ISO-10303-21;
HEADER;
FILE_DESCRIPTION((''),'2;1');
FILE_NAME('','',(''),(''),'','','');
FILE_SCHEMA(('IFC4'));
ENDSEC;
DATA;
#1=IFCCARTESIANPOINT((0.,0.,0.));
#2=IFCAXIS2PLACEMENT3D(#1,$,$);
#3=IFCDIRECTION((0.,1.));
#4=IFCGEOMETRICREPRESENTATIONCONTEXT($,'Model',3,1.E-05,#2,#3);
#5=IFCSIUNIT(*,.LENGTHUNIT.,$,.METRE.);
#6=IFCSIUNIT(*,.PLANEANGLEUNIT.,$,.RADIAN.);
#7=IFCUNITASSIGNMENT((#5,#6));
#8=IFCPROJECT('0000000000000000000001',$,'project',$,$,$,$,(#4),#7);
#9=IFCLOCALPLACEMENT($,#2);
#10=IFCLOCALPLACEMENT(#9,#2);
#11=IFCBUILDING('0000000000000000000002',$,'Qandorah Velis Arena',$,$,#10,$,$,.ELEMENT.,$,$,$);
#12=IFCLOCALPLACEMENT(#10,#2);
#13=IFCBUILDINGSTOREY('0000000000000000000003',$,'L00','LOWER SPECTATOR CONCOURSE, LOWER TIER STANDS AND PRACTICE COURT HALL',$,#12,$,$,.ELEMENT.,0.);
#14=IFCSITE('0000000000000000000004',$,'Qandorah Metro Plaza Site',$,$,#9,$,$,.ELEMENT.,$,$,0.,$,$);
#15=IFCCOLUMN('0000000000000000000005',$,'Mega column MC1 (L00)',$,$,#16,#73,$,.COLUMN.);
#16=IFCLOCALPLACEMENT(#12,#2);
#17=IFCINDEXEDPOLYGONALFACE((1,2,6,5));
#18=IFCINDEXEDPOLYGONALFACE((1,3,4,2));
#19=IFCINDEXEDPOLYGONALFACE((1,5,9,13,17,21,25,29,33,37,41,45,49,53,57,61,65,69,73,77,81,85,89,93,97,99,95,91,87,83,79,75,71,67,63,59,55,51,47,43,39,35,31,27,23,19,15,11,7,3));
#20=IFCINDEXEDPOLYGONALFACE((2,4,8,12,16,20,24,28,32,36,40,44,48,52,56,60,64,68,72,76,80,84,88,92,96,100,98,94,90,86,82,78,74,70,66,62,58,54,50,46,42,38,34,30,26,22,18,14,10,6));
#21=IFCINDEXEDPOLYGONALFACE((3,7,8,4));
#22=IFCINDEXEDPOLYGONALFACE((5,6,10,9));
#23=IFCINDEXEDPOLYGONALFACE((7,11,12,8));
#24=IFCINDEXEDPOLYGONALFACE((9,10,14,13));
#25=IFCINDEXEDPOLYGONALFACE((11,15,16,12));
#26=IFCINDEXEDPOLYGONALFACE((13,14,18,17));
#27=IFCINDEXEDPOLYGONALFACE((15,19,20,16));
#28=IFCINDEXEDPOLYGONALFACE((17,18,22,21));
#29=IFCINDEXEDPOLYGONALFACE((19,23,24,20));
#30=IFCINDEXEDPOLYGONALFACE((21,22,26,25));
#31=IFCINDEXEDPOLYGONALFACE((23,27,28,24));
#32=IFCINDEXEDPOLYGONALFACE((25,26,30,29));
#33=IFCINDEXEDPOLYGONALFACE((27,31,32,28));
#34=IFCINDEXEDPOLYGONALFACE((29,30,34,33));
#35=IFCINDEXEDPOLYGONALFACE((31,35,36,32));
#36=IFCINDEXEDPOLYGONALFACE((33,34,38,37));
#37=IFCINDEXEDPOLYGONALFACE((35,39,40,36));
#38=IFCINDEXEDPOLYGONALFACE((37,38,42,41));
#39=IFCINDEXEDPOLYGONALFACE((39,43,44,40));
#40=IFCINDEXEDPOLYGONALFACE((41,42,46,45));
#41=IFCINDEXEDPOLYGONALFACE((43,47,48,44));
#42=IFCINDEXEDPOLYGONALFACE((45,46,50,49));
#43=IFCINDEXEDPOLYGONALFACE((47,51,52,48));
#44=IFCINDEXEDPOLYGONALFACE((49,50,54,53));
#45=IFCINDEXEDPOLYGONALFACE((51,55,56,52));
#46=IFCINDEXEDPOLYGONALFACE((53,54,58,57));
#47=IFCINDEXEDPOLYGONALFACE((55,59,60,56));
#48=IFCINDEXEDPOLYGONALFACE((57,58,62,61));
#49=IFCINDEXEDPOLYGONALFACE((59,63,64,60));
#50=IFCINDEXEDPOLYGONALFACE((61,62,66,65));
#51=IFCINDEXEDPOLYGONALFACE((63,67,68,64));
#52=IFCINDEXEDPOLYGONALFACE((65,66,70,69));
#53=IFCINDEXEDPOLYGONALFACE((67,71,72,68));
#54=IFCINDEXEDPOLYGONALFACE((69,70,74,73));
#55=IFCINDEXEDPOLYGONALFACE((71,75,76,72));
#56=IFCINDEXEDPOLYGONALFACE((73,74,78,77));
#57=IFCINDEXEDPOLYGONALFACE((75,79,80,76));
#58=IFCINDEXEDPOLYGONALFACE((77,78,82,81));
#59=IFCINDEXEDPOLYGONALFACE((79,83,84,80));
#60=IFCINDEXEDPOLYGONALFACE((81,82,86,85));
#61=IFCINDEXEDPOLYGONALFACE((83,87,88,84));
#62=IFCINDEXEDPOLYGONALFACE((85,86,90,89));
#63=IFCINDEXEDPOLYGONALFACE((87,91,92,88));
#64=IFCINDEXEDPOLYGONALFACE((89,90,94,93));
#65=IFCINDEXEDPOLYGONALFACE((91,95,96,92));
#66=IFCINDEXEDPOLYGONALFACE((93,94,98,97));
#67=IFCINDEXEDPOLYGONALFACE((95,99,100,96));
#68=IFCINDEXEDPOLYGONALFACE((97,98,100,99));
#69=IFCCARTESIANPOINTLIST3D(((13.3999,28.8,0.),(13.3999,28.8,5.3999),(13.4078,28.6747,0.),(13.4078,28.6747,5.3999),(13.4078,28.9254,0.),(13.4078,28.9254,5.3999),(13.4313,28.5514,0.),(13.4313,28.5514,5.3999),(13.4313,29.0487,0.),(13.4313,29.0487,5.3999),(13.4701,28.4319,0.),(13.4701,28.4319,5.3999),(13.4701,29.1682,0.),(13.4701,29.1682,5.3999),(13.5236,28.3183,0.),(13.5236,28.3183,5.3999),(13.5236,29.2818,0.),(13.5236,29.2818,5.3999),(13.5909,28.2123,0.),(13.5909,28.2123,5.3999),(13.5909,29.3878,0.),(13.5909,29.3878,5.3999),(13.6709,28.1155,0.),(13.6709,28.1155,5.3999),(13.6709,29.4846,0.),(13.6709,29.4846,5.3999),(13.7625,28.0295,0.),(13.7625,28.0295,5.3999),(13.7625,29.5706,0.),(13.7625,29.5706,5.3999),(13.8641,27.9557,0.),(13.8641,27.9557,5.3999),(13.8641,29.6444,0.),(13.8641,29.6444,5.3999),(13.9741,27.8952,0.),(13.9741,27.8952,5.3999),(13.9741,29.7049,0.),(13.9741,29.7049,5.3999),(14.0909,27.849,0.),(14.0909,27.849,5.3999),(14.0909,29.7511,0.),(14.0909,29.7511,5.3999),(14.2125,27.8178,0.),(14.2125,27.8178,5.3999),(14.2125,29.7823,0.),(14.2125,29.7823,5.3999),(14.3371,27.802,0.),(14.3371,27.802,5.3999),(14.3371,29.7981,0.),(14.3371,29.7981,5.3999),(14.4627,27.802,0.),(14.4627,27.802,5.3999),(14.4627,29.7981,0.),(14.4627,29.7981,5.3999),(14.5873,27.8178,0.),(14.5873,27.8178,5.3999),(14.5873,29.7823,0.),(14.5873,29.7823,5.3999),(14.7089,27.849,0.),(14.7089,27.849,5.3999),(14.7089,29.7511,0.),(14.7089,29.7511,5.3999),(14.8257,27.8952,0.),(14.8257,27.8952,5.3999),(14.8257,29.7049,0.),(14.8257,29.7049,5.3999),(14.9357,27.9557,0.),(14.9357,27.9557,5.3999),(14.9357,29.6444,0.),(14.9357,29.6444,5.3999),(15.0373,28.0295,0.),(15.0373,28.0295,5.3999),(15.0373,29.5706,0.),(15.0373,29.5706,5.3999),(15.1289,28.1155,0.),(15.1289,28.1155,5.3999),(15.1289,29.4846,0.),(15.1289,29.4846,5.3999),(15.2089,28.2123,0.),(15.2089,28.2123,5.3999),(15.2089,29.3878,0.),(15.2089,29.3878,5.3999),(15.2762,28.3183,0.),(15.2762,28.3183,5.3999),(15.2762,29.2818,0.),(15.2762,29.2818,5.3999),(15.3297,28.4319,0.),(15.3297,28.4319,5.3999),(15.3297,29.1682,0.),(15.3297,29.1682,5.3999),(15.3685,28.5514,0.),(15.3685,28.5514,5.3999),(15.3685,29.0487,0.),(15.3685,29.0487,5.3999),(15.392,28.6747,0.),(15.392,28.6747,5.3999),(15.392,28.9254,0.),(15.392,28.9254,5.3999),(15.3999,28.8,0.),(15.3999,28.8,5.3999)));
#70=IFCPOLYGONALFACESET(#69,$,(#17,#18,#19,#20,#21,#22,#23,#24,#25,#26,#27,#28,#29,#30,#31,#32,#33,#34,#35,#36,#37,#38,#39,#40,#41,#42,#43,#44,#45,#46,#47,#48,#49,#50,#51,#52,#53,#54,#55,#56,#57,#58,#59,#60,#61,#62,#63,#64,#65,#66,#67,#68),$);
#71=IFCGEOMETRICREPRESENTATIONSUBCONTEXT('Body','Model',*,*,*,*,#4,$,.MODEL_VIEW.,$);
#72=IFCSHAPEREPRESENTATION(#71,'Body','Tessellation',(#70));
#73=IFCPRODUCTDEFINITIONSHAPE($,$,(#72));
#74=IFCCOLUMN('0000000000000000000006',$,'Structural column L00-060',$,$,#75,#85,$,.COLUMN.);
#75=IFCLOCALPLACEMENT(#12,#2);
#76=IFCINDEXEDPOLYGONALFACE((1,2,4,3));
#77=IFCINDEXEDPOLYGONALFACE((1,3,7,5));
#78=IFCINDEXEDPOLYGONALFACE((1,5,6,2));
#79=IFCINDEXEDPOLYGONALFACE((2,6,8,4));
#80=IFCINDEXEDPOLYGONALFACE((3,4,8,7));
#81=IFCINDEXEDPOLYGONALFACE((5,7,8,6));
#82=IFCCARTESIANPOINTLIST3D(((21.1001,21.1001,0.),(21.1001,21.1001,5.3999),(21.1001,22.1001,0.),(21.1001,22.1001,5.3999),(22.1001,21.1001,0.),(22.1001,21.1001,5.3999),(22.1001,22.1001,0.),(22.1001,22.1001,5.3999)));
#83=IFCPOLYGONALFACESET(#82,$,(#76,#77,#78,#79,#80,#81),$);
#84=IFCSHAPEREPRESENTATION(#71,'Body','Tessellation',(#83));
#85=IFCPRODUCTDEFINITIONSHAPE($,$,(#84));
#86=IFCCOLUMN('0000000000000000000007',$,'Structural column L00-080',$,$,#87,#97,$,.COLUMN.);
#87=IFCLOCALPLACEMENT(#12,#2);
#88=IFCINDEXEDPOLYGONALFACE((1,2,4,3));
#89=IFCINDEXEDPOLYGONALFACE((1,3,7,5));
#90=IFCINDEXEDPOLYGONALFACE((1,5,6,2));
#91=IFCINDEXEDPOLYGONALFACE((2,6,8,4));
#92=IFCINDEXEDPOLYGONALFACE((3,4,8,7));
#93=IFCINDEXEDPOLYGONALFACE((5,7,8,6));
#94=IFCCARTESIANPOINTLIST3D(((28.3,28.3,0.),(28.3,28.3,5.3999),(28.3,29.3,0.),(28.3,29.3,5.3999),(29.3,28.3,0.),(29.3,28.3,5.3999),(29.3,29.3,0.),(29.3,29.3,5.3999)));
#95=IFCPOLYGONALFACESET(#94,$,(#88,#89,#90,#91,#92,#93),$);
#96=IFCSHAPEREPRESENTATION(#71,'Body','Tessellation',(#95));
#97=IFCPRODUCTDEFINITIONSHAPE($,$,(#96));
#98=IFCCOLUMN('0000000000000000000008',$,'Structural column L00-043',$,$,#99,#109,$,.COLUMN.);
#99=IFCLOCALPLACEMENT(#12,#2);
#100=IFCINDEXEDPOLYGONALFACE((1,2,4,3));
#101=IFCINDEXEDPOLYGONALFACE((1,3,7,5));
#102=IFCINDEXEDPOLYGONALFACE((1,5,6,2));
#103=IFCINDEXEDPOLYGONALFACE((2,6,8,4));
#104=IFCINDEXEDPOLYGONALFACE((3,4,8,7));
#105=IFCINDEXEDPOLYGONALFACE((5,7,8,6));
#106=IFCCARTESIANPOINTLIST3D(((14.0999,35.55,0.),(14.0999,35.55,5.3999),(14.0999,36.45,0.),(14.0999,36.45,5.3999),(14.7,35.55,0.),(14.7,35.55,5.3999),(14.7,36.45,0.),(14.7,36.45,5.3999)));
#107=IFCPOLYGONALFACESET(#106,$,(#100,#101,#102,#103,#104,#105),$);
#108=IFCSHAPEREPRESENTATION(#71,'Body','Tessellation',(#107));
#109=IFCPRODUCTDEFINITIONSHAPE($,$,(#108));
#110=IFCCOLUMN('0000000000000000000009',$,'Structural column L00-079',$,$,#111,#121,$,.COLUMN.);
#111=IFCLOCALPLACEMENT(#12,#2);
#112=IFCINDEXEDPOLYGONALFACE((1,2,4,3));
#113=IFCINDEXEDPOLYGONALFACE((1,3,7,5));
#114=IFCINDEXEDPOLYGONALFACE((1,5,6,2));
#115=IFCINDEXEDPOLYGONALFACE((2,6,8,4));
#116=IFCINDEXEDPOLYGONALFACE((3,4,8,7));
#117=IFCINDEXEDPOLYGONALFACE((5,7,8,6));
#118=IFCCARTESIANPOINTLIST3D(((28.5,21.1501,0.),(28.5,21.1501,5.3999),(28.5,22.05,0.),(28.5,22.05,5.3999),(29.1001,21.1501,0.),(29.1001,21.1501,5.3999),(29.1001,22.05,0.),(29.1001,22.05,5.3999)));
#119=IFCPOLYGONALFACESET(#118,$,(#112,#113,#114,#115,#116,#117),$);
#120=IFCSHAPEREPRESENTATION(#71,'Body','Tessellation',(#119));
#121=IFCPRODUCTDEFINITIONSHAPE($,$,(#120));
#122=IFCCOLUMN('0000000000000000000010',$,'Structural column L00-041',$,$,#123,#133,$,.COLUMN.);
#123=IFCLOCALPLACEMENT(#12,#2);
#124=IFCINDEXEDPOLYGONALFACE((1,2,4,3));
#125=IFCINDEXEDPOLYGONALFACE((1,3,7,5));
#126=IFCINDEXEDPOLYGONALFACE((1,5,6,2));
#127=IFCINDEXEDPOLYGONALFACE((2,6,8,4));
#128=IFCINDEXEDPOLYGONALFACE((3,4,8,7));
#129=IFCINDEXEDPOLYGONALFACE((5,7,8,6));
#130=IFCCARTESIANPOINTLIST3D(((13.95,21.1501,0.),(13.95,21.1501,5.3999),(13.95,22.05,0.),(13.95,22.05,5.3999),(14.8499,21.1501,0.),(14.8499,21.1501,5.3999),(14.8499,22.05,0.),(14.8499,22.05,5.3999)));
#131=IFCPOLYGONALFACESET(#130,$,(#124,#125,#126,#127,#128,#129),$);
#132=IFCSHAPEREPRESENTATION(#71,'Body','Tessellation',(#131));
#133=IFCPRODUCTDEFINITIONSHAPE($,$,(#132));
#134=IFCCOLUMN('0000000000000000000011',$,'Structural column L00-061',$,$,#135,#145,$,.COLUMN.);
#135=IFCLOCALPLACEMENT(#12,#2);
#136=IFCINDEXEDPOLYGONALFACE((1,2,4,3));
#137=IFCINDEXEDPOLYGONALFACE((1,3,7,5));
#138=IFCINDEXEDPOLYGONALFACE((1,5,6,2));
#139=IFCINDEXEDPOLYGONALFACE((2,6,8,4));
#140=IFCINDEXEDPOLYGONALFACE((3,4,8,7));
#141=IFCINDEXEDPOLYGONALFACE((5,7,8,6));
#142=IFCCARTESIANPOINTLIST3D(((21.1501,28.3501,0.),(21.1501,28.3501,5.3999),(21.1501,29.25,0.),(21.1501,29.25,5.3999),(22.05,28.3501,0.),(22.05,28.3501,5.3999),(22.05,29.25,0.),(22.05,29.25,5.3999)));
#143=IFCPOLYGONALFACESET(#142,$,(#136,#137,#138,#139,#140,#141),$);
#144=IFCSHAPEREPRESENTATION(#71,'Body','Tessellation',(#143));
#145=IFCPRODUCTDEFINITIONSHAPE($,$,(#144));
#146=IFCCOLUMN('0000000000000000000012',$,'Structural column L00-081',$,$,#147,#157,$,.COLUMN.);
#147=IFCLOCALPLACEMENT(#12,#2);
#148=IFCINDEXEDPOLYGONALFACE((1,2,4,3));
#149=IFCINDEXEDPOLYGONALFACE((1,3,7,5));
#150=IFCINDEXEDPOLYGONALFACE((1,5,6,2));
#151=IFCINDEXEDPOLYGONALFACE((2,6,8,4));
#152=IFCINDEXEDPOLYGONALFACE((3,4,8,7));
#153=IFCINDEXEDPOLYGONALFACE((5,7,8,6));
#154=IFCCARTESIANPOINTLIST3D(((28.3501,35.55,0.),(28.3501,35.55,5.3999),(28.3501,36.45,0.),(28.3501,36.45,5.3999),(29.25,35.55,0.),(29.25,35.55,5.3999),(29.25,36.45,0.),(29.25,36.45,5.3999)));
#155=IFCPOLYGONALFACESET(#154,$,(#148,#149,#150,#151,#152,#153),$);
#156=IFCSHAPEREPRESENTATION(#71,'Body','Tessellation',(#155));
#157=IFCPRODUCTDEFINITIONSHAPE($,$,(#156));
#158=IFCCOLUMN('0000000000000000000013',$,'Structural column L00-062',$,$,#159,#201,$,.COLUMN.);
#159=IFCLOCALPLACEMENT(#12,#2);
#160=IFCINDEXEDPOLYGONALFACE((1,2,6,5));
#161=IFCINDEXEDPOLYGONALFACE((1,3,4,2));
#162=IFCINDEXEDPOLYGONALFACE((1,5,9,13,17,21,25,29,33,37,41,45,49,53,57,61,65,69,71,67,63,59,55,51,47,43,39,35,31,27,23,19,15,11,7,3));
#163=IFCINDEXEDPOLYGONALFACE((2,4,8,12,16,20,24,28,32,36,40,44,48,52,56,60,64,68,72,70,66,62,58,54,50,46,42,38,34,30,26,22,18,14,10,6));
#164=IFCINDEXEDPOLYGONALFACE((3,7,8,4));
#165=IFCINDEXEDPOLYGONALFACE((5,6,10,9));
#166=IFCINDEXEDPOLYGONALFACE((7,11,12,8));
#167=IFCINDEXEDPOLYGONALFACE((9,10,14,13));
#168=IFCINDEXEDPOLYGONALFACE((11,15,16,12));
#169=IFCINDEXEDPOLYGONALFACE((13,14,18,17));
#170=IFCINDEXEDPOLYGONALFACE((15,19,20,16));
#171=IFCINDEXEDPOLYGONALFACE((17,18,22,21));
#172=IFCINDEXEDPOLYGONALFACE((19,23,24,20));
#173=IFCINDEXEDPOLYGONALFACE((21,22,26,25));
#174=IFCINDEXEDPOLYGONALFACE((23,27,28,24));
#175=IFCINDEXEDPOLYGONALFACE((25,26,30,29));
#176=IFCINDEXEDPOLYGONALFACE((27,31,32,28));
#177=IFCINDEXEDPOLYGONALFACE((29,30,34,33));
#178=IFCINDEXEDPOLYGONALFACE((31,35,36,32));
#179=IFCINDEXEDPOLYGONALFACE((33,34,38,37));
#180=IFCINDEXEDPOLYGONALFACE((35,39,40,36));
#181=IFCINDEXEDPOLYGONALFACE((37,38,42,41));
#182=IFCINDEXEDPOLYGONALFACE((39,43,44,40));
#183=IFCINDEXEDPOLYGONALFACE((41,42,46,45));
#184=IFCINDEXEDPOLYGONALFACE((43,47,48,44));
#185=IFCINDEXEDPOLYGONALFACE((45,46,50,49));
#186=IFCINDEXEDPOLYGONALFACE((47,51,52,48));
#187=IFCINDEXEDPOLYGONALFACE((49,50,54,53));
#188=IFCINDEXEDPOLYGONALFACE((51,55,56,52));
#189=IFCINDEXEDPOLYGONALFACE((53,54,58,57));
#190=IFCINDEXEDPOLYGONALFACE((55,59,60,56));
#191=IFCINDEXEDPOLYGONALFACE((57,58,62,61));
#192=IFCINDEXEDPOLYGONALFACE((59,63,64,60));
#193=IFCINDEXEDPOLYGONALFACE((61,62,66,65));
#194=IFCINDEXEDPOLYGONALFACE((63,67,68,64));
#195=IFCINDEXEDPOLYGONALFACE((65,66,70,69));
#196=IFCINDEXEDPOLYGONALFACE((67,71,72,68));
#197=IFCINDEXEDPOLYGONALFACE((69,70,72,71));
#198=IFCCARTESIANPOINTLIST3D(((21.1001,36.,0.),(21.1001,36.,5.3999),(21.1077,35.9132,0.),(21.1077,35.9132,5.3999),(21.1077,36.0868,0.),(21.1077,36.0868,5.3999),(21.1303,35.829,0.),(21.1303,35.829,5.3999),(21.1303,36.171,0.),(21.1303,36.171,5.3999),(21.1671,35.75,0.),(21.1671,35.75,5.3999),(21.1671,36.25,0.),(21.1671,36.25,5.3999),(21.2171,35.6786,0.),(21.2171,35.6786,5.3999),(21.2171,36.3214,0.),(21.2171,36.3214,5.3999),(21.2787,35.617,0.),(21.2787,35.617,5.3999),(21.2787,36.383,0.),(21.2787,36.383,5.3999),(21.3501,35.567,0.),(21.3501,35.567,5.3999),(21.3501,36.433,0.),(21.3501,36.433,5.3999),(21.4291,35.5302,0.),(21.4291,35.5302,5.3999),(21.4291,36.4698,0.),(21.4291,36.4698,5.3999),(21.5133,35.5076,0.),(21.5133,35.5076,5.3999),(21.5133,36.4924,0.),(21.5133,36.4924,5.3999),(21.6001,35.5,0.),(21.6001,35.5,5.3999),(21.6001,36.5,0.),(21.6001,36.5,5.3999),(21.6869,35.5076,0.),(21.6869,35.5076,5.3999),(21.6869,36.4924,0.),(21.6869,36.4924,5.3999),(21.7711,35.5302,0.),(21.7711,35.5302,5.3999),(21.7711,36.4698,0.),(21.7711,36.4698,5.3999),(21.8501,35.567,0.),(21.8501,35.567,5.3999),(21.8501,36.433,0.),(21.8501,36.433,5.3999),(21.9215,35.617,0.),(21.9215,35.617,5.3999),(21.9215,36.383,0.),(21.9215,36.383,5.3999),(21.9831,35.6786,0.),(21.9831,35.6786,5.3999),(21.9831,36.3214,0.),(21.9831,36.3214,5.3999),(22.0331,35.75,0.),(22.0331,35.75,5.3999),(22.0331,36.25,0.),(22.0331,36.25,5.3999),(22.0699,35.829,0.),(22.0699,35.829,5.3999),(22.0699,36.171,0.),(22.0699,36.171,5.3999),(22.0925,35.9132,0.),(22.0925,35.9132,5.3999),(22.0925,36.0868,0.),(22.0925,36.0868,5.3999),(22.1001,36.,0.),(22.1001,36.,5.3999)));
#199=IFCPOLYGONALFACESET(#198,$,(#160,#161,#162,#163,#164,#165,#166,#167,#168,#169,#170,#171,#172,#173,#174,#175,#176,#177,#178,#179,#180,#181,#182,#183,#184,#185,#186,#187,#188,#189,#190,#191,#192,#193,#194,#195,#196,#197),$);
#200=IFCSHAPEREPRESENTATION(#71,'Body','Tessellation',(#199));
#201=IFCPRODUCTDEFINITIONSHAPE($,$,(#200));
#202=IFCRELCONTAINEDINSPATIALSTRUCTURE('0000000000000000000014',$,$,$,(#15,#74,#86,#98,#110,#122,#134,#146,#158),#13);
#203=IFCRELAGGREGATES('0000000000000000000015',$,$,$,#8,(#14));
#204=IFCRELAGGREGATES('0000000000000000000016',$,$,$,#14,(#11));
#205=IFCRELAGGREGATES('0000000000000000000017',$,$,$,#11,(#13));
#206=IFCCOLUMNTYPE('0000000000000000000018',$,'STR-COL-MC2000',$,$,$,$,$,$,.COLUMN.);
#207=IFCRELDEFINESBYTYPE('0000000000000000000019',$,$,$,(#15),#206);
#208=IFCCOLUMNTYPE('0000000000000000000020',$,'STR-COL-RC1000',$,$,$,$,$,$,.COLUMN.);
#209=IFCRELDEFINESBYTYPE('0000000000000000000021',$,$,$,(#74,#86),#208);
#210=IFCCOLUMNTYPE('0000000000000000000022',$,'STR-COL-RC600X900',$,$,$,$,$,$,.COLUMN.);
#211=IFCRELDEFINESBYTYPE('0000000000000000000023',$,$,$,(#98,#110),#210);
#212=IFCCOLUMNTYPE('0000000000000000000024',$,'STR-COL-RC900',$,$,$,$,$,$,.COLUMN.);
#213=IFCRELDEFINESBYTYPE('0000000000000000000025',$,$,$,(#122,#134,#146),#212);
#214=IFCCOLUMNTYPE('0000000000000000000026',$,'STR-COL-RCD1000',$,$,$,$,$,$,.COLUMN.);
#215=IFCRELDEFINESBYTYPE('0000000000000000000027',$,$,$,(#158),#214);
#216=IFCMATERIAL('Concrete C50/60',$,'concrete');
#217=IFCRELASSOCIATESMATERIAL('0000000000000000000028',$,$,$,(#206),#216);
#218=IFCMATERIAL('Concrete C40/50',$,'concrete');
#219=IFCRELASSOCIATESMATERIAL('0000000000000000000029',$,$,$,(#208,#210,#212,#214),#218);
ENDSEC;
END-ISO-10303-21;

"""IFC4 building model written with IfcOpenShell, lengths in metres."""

from ifc_helpers import new_model, si_unit, direction, frame, origin, origin_2d, place, context, subcontext, project, spatial, rectangle, circle, extrude, material, material_profile, profile_set, type_object, element, save


model = new_model("IFC4")

# Units and contexts
model_context = context("Model", 3, precision=1e-05, world=origin(), true_north=direction((0.0, 1.0)))
body_context = subcontext(model_context, "Body", "Model", "MODEL_VIEW")
ifc_project = project(units=[si_unit("LENGTHUNIT", "METRE"), si_unit("PLANEANGLEUNIT", "RADIAN")], contexts=[model_context])

# Site, building, storey
site_placement = place(None, origin())
site = spatial("IfcSite", under=ifc_project, at=site_placement, Name="Qandorah Metro Plaza Site", CompositionType="ELEMENT", RefElevation=0.0)
building_placement = place(site_placement, origin())
building = spatial("IfcBuilding", under=site, at=building_placement, Name="Qandorah Velis Arena", CompositionType="ELEMENT")
storey_placement = place(building_placement, origin())
storey = spatial("IfcBuildingStorey", under=building, at=storey_placement, Name="L00", Description="LOWER SPECTATOR CONCOURSE, LOWER TIER STANDS AND PRACTICE COURT HALL", CompositionType="ELEMENT", Elevation=0.0)

# Columns
ifc_material_1 = material(Name="Concrete C50/60", Category="concrete")
ifc_material_profile_1 = material_profile(ifc_material_1, circle(Radius=1.0, at=origin_2d()), Name="MC D2000")
ifc_profile_set_1 = profile_set([ifc_material_profile_1], Name="Concrete C50/60")
column_type_1 = type_object("IfcColumnType", Name="STR-COL-MC2000", PredefinedType="COLUMN", material=ifc_profile_set_1)
column_1_placement = place(storey_placement, frame((14.3999, 28.8, 0.0), z_axis=(0.0, 0.0, 1.0), x_axis=(1.0, 0.0, 0.0)))
element("IfcColumn", 1, at=column_1_placement, inside=storey, type_object=column_type_1, Name="Mega column MC1 (L00)", PredefinedType="COLUMN", context=body_context, shape_type="SweptSolid", body=[
    extrude(circle(Radius=1.0, at=origin_2d()), origin(), (0.0, 0.0, 1.0), 5.3999),
])
ifc_material_2 = material(Name="Concrete C40/50", Category="concrete")
ifc_material_profile_2 = material_profile(ifc_material_2, rectangle(XDim=1.0, YDim=1.0, at=origin_2d()), Name="RC COL 1000x1000")
ifc_profile_set_2 = profile_set([ifc_material_profile_2], Name="Concrete C40/50")
column_type_2 = type_object("IfcColumnType", Name="STR-COL-RC1000", PredefinedType="COLUMN", material=ifc_profile_set_2)
for number, where, z_axis, x_axis, name in (
    (2, (21.6001, 21.6001, 0.0), (0.0, 0.0, 1.0), (1.0, 0.0, 0.0), "Structural column L00-060"),
    (3, (28.8, 28.8, 0.0), (0.0, 0.0, 1.0), (1.0, 0.0, 0.0), "Structural column L00-080"),
):
    element("IfcColumn", number, at=place(storey_placement, frame(where, z_axis=z_axis, x_axis=x_axis)), inside=storey, type_object=column_type_2, Name=name, PredefinedType="COLUMN", context=body_context, shape_type="SweptSolid", body=[
        extrude(rectangle(XDim=1.0, YDim=1.0, at=origin_2d()), origin(), (0.0, 0.0, 1.0), 5.3999),
    ])
ifc_material_profile_3 = material_profile(ifc_material_2, rectangle(XDim=0.6001, YDim=0.8999, at=origin_2d()), Name="RC COL 600x900")
ifc_profile_set_3 = profile_set([ifc_material_profile_3], Name="Concrete C40/50")
column_type_3 = type_object("IfcColumnType", Name="STR-COL-RC600X900", PredefinedType="COLUMN", material=ifc_profile_set_3)
for number, where, z_axis, x_axis, name in (
    (4, (14.3999, 36.0, 0.0), (0.0, 0.0, 1.0), (1.0, 0.0, 0.0), "Structural column L00-043"),
    (5, (28.8, 21.6001, 0.0), (0.0, 0.0, 1.0), (1.0, 0.0, 0.0), "Structural column L00-079"),
):
    element("IfcColumn", number, at=place(storey_placement, frame(where, z_axis=z_axis, x_axis=x_axis)), inside=storey, type_object=column_type_3, Name=name, PredefinedType="COLUMN", context=body_context, shape_type="SweptSolid", body=[
        extrude(rectangle(XDim=0.6001, YDim=0.8999, at=origin_2d()), origin(), (0.0, 0.0, 1.0), 5.3999),
    ])
ifc_material_profile_4 = material_profile(ifc_material_2, rectangle(XDim=0.8999, YDim=0.8999, at=origin_2d()), Name="RC COL 900x900")
ifc_profile_set_4 = profile_set([ifc_material_profile_4], Name="Concrete C40/50")
column_type_4 = type_object("IfcColumnType", Name="STR-COL-RC900", PredefinedType="COLUMN", material=ifc_profile_set_4)
for number, where, z_axis, x_axis, name in (
    (6, (14.3999, 21.6001, 0.0), (0.0, 0.0, 1.0), (1.0, 0.0, 0.0), "Structural column L00-041"),
    (7, (21.6001, 28.8, 0.0), (0.0, 0.0, 1.0), (1.0, 0.0, 0.0), "Structural column L00-061"),
    (8, (28.8, 36.0, 0.0), (0.0, 0.0, 1.0), (1.0, 0.0, 0.0), "Structural column L00-081"),
):
    element("IfcColumn", number, at=place(storey_placement, frame(where, z_axis=z_axis, x_axis=x_axis)), inside=storey, type_object=column_type_4, Name=name, PredefinedType="COLUMN", context=body_context, shape_type="SweptSolid", body=[
        extrude(rectangle(XDim=0.8999, YDim=0.8999, at=origin_2d()), origin(), (0.0, 0.0, 1.0), 5.3999),
    ])
ifc_material_profile_5 = material_profile(ifc_material_2, circle(Radius=0.5, at=origin_2d()), Name="RC D1000")
ifc_profile_set_5 = profile_set([ifc_material_profile_5], Name="Concrete C40/50")
column_type_5 = type_object("IfcColumnType", Name="STR-COL-RCD1000", PredefinedType="COLUMN", material=ifc_profile_set_5)
column_2_placement = place(storey_placement, frame((21.6001, 36.0, 0.0), z_axis=(0.0, 0.0, 1.0), x_axis=(1.0, 0.0, 0.0)))
element("IfcColumn", 9, at=column_2_placement, inside=storey, type_object=column_type_5, Name="Structural column L00-062", PredefinedType="COLUMN", context=body_context, shape_type="SweptSolid", body=[
    extrude(circle(Radius=0.5, at=origin_2d()), origin(), (0.0, 0.0, 1.0), 5.3999),
])

save(model, "model.ifc")
